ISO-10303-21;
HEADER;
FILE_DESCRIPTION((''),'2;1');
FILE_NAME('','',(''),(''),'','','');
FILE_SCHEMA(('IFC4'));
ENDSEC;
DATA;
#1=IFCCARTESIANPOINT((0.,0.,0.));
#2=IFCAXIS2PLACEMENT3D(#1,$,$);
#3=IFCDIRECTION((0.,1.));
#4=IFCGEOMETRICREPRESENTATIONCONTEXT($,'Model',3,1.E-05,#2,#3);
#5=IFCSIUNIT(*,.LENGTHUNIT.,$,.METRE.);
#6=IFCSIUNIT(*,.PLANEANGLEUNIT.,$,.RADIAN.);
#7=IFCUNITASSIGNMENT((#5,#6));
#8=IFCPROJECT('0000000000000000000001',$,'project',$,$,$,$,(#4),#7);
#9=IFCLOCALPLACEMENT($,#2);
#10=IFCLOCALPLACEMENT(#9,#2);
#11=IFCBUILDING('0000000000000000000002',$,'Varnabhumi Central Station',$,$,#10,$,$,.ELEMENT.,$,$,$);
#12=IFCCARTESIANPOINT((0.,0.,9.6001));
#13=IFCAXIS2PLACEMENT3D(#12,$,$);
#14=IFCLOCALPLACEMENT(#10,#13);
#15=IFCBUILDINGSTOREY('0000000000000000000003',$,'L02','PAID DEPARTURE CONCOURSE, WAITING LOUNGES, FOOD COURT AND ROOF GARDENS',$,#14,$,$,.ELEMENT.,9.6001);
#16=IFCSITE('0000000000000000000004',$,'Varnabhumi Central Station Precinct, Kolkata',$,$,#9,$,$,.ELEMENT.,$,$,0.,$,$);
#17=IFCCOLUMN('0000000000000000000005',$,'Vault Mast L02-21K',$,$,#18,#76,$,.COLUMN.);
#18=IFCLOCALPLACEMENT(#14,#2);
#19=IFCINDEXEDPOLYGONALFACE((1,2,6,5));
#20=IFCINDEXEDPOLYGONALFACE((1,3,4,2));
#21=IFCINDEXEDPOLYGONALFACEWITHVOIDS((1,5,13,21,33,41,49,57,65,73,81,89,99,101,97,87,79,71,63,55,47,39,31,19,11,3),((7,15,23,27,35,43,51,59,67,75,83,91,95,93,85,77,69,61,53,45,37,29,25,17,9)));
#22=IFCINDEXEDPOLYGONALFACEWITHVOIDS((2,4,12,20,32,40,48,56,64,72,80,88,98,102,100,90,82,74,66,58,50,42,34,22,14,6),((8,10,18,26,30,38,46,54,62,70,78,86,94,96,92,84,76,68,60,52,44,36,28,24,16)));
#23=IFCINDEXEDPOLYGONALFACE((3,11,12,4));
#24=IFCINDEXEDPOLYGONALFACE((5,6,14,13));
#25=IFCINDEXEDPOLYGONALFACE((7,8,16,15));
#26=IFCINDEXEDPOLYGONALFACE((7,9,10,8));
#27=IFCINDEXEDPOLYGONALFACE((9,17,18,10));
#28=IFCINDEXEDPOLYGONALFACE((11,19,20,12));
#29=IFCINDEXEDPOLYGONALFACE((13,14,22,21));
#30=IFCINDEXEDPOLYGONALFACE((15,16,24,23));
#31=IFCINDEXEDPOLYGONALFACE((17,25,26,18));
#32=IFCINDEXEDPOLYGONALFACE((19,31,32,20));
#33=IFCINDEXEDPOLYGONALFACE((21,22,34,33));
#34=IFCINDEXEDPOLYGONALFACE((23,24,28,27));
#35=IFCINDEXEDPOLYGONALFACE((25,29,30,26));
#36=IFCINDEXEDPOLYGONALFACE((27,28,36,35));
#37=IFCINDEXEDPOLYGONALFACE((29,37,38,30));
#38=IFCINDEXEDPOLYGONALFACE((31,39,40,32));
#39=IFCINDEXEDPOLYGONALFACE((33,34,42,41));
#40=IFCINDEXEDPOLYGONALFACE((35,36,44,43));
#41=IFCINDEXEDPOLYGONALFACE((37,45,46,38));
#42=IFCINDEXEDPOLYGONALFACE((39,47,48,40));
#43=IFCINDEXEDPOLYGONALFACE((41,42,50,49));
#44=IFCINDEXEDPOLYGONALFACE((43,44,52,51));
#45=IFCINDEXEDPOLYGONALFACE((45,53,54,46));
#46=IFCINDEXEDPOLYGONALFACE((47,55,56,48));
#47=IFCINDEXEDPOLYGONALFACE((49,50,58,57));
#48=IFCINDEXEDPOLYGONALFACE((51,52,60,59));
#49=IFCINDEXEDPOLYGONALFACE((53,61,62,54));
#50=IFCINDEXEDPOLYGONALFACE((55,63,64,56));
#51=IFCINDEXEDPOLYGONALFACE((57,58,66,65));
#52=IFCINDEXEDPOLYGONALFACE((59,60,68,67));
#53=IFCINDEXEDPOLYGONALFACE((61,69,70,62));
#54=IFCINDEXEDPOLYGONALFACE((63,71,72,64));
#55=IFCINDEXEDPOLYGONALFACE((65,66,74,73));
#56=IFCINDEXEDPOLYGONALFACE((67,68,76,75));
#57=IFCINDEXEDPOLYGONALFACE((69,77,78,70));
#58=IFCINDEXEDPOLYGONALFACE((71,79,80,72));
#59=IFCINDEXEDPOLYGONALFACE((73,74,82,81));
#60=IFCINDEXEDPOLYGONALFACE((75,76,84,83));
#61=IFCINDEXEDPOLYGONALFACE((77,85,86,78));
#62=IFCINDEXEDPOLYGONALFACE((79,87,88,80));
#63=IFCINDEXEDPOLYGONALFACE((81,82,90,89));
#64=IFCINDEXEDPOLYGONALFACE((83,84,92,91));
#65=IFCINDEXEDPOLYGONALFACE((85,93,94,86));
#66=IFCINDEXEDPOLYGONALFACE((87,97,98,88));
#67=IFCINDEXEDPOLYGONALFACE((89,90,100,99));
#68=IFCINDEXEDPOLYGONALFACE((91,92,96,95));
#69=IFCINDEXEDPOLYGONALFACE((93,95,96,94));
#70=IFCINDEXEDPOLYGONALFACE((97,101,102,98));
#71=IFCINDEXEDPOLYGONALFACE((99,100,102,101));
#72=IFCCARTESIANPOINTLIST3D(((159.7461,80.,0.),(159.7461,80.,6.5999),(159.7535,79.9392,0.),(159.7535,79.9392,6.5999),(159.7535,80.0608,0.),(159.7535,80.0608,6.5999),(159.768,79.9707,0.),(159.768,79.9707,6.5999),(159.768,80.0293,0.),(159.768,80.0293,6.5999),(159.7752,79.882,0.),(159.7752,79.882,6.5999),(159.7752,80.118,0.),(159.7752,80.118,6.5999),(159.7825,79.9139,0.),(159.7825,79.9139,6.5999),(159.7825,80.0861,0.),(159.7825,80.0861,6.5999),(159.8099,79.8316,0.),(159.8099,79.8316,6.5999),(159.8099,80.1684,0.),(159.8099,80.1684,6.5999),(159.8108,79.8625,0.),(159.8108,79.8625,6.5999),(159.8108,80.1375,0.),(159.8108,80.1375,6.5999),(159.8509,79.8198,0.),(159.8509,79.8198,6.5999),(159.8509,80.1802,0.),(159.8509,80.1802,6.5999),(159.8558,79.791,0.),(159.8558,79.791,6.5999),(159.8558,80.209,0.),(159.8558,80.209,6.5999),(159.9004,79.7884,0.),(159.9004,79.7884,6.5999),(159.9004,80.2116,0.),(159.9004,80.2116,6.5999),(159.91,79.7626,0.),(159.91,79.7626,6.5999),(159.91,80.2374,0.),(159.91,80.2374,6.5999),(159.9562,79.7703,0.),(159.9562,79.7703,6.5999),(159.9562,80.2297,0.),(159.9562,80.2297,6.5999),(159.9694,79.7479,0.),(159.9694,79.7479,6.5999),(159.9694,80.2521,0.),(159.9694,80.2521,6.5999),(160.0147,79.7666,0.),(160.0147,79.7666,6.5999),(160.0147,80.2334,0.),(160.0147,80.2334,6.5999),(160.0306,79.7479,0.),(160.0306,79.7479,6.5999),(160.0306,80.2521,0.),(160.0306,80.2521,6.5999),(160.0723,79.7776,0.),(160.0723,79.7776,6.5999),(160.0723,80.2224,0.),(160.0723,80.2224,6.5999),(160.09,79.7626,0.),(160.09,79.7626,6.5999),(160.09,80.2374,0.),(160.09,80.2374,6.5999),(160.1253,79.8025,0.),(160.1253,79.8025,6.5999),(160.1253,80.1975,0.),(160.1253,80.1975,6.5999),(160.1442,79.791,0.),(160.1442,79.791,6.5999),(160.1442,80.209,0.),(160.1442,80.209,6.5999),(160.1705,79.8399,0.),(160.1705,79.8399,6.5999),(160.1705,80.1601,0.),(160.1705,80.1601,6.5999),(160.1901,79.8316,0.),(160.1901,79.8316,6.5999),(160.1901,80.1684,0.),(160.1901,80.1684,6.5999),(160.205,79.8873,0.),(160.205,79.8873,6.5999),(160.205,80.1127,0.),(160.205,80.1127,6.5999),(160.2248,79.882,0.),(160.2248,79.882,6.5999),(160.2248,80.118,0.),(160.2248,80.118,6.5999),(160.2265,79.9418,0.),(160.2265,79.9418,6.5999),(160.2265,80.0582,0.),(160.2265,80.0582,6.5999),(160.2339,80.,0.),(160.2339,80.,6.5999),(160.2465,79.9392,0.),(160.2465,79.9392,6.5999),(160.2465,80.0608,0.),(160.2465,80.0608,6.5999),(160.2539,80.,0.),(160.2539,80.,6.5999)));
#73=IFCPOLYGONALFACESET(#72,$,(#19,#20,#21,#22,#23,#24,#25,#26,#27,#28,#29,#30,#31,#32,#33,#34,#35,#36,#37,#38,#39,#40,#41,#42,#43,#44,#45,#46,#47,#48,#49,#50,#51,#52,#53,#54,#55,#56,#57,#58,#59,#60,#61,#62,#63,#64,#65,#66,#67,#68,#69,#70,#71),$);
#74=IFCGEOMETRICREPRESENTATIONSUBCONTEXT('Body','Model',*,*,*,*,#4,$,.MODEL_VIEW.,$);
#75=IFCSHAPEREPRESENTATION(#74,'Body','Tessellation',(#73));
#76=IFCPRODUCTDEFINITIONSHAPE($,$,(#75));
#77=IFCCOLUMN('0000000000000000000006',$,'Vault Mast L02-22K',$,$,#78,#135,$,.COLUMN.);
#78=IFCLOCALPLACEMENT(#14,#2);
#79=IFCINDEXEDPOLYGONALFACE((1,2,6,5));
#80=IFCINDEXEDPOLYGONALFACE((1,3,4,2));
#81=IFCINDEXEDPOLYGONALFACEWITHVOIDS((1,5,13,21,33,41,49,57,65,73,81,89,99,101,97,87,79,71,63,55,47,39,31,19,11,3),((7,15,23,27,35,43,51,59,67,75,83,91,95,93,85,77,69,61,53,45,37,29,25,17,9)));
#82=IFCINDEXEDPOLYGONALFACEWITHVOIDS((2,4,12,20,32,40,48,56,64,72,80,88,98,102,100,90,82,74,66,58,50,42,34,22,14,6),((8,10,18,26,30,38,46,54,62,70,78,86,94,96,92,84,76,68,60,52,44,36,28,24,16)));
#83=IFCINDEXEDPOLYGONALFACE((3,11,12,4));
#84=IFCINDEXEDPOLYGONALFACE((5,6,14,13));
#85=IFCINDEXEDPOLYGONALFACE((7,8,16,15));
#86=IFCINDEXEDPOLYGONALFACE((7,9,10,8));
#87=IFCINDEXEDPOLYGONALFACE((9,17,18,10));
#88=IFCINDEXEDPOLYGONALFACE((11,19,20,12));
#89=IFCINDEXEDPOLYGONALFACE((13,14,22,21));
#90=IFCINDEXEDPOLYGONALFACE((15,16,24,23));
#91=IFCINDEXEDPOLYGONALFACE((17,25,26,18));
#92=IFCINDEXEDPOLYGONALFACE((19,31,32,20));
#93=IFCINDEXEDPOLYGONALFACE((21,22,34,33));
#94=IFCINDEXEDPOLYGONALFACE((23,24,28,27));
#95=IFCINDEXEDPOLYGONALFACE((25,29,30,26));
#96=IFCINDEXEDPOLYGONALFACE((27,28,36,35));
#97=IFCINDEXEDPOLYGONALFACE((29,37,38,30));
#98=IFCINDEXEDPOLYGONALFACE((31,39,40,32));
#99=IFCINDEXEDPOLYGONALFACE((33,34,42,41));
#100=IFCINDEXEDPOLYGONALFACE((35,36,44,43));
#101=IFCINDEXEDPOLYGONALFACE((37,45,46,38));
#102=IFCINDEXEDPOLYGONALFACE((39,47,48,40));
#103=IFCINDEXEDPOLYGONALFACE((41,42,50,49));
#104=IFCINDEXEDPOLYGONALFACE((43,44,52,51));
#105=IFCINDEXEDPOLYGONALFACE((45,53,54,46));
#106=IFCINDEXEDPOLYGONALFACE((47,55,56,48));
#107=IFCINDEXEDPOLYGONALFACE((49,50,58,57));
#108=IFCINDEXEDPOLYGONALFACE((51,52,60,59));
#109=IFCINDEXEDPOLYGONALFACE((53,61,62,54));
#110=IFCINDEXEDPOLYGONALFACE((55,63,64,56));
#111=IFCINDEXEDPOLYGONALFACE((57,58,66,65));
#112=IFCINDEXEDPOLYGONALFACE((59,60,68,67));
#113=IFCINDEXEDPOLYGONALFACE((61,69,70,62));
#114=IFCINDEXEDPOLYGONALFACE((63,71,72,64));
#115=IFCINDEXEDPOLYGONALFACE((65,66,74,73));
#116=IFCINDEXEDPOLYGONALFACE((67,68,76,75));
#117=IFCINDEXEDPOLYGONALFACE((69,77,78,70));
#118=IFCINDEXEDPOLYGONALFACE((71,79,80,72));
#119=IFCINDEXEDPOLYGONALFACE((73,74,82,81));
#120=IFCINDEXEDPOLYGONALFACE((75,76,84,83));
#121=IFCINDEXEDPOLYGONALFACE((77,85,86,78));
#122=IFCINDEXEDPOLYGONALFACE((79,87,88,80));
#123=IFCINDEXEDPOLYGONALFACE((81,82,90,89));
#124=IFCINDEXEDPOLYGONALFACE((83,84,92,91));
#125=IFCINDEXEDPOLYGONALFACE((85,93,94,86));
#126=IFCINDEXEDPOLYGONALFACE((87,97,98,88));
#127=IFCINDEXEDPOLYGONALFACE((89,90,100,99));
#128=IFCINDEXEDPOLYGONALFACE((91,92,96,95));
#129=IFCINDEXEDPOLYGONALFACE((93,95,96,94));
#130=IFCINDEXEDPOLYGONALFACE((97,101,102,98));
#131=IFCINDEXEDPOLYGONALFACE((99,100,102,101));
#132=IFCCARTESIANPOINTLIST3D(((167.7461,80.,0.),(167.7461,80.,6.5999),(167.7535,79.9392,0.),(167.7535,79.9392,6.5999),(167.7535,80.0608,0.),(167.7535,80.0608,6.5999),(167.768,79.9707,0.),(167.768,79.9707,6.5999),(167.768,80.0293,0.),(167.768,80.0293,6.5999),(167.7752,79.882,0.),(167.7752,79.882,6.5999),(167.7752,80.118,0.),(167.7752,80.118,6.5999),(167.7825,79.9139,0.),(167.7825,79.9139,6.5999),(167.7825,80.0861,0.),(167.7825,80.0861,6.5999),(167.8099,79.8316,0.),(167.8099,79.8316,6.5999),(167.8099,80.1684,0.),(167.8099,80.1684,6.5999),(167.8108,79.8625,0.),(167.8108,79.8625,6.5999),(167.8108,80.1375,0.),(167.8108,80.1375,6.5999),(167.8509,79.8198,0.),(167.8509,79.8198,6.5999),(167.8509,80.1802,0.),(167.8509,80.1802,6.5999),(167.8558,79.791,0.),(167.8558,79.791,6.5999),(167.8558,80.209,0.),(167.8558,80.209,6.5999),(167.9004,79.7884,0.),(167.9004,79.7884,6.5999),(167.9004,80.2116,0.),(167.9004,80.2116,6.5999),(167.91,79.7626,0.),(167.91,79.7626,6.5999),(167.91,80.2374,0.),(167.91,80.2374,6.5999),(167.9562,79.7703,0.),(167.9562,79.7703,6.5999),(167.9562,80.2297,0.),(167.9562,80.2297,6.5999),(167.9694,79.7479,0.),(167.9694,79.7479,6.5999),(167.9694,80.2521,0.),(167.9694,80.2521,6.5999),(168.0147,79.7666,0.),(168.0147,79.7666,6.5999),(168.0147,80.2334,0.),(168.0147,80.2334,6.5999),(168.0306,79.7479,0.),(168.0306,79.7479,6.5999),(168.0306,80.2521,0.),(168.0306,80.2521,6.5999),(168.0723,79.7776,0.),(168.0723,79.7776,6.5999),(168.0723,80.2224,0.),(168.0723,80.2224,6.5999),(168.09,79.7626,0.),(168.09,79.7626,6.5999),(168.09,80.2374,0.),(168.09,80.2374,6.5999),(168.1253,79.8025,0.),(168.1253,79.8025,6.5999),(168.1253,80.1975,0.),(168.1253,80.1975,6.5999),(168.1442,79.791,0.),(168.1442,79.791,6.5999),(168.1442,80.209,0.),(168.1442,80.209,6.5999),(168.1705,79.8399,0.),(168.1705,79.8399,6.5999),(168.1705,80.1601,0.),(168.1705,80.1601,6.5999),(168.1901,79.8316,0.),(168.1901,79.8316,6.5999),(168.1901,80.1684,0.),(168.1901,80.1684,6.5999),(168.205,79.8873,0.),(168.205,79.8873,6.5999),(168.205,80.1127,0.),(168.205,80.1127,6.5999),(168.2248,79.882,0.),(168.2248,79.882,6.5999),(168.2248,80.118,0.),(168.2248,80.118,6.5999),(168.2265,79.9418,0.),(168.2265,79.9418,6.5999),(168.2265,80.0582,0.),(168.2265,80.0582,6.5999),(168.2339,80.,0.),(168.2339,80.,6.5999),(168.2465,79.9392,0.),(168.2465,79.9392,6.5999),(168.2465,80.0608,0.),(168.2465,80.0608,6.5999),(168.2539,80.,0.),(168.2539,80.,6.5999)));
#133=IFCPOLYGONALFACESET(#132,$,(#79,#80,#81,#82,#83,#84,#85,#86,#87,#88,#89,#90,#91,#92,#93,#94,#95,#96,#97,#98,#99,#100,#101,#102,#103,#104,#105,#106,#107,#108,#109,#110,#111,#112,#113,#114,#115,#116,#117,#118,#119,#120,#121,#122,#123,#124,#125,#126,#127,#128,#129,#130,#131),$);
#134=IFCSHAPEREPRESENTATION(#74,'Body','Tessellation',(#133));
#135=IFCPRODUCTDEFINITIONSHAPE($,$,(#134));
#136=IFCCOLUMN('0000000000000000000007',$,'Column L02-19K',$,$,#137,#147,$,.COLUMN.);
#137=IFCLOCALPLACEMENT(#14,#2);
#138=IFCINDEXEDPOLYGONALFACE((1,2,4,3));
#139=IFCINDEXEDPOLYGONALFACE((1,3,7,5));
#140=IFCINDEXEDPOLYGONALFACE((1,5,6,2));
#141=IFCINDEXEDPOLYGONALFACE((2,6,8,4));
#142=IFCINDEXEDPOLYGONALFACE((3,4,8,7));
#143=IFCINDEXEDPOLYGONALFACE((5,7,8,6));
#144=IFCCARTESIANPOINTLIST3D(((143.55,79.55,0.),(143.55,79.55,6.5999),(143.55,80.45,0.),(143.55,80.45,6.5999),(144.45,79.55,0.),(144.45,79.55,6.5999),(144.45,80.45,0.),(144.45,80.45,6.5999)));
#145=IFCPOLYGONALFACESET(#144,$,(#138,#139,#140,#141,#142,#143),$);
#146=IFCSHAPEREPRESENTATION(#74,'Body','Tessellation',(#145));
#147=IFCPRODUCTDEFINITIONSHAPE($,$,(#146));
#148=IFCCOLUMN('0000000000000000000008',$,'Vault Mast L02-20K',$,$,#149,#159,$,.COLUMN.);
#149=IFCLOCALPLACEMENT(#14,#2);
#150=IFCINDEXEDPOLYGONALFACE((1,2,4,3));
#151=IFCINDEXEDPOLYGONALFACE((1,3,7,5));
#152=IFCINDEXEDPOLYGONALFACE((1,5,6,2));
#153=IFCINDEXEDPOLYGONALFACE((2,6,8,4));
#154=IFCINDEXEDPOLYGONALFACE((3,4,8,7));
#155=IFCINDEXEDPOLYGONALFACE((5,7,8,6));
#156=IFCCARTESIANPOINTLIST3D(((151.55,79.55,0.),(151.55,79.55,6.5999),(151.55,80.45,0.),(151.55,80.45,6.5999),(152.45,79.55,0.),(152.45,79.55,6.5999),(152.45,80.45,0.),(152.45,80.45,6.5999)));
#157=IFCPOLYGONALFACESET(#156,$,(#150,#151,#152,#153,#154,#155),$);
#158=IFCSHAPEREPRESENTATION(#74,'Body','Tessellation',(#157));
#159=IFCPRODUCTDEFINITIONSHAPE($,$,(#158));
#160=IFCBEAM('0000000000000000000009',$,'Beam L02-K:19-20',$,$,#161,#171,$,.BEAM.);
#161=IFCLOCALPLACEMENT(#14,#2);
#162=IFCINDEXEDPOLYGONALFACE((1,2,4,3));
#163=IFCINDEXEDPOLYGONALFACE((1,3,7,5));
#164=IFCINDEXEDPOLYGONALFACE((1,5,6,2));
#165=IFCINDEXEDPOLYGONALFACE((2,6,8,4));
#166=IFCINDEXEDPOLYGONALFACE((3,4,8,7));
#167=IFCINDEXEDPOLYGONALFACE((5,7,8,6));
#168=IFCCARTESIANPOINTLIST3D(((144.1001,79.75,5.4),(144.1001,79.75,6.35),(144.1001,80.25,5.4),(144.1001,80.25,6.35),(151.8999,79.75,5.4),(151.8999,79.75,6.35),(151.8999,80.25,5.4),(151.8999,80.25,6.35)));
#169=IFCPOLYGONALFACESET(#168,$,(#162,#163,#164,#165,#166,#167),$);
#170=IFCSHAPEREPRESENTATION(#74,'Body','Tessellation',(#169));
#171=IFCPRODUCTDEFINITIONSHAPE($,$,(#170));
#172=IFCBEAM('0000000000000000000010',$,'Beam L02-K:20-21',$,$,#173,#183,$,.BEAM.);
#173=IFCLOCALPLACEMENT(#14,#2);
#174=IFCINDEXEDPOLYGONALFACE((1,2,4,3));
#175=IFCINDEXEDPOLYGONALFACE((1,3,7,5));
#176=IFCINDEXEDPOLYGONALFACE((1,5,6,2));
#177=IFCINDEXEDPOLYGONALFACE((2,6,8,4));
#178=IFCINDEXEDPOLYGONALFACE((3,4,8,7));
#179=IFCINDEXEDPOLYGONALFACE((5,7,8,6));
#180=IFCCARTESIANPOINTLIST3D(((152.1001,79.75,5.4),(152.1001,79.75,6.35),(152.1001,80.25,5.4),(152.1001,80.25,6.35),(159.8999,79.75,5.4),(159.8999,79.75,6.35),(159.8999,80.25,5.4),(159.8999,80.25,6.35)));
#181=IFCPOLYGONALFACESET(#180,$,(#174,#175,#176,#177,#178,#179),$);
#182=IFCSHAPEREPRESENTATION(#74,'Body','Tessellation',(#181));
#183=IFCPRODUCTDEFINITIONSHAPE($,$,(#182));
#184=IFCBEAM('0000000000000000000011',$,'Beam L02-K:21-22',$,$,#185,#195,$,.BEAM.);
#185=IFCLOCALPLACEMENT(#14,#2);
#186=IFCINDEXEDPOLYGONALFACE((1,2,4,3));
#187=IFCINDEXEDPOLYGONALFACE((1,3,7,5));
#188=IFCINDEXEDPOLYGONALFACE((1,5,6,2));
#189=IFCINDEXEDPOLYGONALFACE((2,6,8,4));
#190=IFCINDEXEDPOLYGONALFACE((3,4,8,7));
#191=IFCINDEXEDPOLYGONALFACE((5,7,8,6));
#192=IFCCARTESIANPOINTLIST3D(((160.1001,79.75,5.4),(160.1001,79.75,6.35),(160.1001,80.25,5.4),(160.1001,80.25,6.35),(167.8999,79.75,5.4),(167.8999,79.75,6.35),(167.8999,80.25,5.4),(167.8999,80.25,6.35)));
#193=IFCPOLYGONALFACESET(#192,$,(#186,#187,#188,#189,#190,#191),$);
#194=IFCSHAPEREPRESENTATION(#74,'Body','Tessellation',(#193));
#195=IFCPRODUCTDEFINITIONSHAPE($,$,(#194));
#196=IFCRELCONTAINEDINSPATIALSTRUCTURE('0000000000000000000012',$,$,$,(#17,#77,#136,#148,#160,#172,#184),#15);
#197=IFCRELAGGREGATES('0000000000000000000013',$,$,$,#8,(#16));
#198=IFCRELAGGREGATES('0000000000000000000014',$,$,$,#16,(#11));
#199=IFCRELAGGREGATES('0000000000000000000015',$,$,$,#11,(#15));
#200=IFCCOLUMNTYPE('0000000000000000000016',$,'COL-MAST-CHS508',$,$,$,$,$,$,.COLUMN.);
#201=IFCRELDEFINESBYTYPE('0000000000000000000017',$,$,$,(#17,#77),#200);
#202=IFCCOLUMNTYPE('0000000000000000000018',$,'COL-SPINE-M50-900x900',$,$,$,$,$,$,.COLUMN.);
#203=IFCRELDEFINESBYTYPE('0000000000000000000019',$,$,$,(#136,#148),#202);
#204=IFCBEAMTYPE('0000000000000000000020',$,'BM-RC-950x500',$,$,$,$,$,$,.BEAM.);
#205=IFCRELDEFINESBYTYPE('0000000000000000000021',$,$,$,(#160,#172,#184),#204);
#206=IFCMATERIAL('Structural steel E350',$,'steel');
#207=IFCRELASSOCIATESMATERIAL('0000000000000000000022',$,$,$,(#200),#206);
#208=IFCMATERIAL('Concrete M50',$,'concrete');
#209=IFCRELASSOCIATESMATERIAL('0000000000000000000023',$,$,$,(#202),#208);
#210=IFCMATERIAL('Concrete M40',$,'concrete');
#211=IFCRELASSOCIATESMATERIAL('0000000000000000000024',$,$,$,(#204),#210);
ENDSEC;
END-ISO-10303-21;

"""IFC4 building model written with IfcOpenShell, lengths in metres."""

from ifc_helpers import new_model, si_unit, direction, frame, origin, origin_2d, place, context, subcontext, project, spatial, rectangle, hollow_circle, extrude, material, material_profile, profile_set, type_object, element, save


model = new_model("IFC4")

# Units and contexts
model_context = context("Model", 3, precision=1e-05, world=origin(), true_north=direction((0.0, 1.0)))
body_context = subcontext(model_context, "Body", "Model", "MODEL_VIEW")
ifc_project = project(units=[si_unit("LENGTHUNIT", "METRE"), si_unit("PLANEANGLEUNIT", "RADIAN")], contexts=[model_context])

# Site, building, storey
site_placement = place(None, origin())
site = spatial("IfcSite", under=ifc_project, at=site_placement, Name="Varnabhumi Central Station Precinct, Kolkata", CompositionType="ELEMENT", RefElevation=0.0)
building_placement = place(site_placement, origin())
building = spatial("IfcBuilding", under=site, at=building_placement, Name="Varnabhumi Central Station", CompositionType="ELEMENT")
storey_placement = place(building_placement, frame((0.0, 0.0, 9.6001)))
storey = spatial("IfcBuildingStorey", under=building, at=storey_placement, Name="L02", Description="PAID DEPARTURE CONCOURSE, WAITING LOUNGES, FOOD COURT AND ROOF GARDENS", CompositionType="ELEMENT", Elevation=9.6001)

# Columns
ifc_material_1 = material(Name="Structural steel E350", Category="steel")
ifc_material_profile_1 = material_profile(ifc_material_1, hollow_circle(Radius=0.2539, WallThickness=0.02, at=origin_2d()), Name="Structural steel E350", Category="steel")
ifc_profile_set_1 = profile_set([ifc_material_profile_1], Name="Structural steel E350")
column_type_1 = type_object("IfcColumnType", Name="COL-MAST-CHS508", PredefinedType="COLUMN", material=ifc_profile_set_1)
for number, where, z_axis, x_axis, name in (
    (1, (160.0, 80.0, 0.0), (0.0, 0.0, 1.0), (1.0, 0.0, 0.0), "Vault Mast L02-21K"),
    (2, (168.0, 80.0, 0.0), (0.0, 0.0, 1.0), (1.0, 0.0, 0.0), "Vault Mast L02-22K"),
):
    element("IfcColumn", number, at=place(storey_placement, frame(where, z_axis=z_axis, x_axis=x_axis)), inside=storey, type_object=column_type_1, Name=name, PredefinedType="COLUMN", context=body_context, shape_type="SweptSolid", body=[
        extrude(hollow_circle(Radius=0.2539, WallThickness=0.02, at=origin_2d()), origin(), (0.0, 0.0, 1.0), 6.5999),
    ])
ifc_material_2 = material(Name="Concrete M50", Category="concrete")
ifc_material_profile_2 = material_profile(ifc_material_2, rectangle(XDim=0.8999, YDim=0.8999, at=origin_2d()), Name="Concrete M50", Category="concrete")
ifc_profile_set_2 = profile_set([ifc_material_profile_2], Name="Concrete M50")
column_type_2 = type_object("IfcColumnType", Name="COL-SPINE-M50-900x900", PredefinedType="COLUMN", material=ifc_profile_set_2)
for number, where, z_axis, x_axis, name in (
    (3, (144.0, 80.0, 0.0), (0.0, 0.0, 1.0), (1.0, 0.0, 0.0), "Column L02-19K"),
    (4, (152.0, 80.0, 0.0), (0.0, 0.0, 1.0), (1.0, 0.0, 0.0), "Vault Mast L02-20K"),
):
    element("IfcColumn", number, at=place(storey_placement, frame(where, z_axis=z_axis, x_axis=x_axis)), inside=storey, type_object=column_type_2, Name=name, PredefinedType="COLUMN", context=body_context, shape_type="SweptSolid", body=[
        extrude(rectangle(XDim=0.8999, YDim=0.8999, at=origin_2d()), origin(), (0.0, 0.0, 1.0), 6.5999),
    ])

# Beams
ifc_material_3 = material(Name="Concrete M40", Category="concrete")
ifc_material_profile_3 = material_profile(ifc_material_3, rectangle(XDim=0.5, YDim=0.95, at=origin_2d()), Name="Concrete M40", Category="concrete")
ifc_profile_set_3 = profile_set([ifc_material_profile_3], Name="Concrete M40")
beam_type = type_object("IfcBeamType", Name="BM-RC-950x500", PredefinedType="BEAM", material=ifc_profile_set_3)
for number, where, z_axis, x_axis, name in (
    (5, (144.1001, 80.0, 5.875), (1.0, 0.0, 0.0), (0.0, 1.0, 0.0), "Beam L02-K:19-20"),
    (6, (152.1001, 80.0, 5.875), (1.0, 0.0, 0.0), (0.0, 1.0, 0.0), "Beam L02-K:20-21"),
    (7, (160.1001, 80.0, 5.875), (1.0, 0.0, 0.0), (0.0, 1.0, 0.0), "Beam L02-K:21-22"),
):
    element("IfcBeam", number, at=place(storey_placement, frame(where, z_axis=z_axis, x_axis=x_axis)), inside=storey, type_object=beam_type, Name=name, PredefinedType="BEAM", context=body_context, shape_type="SweptSolid", body=[
        extrude(rectangle(XDim=0.5, YDim=0.95, at=origin_2d()), origin(), (0.0, 0.0, 1.0), 7.7998),
    ])

save(model, "model.ifc")
